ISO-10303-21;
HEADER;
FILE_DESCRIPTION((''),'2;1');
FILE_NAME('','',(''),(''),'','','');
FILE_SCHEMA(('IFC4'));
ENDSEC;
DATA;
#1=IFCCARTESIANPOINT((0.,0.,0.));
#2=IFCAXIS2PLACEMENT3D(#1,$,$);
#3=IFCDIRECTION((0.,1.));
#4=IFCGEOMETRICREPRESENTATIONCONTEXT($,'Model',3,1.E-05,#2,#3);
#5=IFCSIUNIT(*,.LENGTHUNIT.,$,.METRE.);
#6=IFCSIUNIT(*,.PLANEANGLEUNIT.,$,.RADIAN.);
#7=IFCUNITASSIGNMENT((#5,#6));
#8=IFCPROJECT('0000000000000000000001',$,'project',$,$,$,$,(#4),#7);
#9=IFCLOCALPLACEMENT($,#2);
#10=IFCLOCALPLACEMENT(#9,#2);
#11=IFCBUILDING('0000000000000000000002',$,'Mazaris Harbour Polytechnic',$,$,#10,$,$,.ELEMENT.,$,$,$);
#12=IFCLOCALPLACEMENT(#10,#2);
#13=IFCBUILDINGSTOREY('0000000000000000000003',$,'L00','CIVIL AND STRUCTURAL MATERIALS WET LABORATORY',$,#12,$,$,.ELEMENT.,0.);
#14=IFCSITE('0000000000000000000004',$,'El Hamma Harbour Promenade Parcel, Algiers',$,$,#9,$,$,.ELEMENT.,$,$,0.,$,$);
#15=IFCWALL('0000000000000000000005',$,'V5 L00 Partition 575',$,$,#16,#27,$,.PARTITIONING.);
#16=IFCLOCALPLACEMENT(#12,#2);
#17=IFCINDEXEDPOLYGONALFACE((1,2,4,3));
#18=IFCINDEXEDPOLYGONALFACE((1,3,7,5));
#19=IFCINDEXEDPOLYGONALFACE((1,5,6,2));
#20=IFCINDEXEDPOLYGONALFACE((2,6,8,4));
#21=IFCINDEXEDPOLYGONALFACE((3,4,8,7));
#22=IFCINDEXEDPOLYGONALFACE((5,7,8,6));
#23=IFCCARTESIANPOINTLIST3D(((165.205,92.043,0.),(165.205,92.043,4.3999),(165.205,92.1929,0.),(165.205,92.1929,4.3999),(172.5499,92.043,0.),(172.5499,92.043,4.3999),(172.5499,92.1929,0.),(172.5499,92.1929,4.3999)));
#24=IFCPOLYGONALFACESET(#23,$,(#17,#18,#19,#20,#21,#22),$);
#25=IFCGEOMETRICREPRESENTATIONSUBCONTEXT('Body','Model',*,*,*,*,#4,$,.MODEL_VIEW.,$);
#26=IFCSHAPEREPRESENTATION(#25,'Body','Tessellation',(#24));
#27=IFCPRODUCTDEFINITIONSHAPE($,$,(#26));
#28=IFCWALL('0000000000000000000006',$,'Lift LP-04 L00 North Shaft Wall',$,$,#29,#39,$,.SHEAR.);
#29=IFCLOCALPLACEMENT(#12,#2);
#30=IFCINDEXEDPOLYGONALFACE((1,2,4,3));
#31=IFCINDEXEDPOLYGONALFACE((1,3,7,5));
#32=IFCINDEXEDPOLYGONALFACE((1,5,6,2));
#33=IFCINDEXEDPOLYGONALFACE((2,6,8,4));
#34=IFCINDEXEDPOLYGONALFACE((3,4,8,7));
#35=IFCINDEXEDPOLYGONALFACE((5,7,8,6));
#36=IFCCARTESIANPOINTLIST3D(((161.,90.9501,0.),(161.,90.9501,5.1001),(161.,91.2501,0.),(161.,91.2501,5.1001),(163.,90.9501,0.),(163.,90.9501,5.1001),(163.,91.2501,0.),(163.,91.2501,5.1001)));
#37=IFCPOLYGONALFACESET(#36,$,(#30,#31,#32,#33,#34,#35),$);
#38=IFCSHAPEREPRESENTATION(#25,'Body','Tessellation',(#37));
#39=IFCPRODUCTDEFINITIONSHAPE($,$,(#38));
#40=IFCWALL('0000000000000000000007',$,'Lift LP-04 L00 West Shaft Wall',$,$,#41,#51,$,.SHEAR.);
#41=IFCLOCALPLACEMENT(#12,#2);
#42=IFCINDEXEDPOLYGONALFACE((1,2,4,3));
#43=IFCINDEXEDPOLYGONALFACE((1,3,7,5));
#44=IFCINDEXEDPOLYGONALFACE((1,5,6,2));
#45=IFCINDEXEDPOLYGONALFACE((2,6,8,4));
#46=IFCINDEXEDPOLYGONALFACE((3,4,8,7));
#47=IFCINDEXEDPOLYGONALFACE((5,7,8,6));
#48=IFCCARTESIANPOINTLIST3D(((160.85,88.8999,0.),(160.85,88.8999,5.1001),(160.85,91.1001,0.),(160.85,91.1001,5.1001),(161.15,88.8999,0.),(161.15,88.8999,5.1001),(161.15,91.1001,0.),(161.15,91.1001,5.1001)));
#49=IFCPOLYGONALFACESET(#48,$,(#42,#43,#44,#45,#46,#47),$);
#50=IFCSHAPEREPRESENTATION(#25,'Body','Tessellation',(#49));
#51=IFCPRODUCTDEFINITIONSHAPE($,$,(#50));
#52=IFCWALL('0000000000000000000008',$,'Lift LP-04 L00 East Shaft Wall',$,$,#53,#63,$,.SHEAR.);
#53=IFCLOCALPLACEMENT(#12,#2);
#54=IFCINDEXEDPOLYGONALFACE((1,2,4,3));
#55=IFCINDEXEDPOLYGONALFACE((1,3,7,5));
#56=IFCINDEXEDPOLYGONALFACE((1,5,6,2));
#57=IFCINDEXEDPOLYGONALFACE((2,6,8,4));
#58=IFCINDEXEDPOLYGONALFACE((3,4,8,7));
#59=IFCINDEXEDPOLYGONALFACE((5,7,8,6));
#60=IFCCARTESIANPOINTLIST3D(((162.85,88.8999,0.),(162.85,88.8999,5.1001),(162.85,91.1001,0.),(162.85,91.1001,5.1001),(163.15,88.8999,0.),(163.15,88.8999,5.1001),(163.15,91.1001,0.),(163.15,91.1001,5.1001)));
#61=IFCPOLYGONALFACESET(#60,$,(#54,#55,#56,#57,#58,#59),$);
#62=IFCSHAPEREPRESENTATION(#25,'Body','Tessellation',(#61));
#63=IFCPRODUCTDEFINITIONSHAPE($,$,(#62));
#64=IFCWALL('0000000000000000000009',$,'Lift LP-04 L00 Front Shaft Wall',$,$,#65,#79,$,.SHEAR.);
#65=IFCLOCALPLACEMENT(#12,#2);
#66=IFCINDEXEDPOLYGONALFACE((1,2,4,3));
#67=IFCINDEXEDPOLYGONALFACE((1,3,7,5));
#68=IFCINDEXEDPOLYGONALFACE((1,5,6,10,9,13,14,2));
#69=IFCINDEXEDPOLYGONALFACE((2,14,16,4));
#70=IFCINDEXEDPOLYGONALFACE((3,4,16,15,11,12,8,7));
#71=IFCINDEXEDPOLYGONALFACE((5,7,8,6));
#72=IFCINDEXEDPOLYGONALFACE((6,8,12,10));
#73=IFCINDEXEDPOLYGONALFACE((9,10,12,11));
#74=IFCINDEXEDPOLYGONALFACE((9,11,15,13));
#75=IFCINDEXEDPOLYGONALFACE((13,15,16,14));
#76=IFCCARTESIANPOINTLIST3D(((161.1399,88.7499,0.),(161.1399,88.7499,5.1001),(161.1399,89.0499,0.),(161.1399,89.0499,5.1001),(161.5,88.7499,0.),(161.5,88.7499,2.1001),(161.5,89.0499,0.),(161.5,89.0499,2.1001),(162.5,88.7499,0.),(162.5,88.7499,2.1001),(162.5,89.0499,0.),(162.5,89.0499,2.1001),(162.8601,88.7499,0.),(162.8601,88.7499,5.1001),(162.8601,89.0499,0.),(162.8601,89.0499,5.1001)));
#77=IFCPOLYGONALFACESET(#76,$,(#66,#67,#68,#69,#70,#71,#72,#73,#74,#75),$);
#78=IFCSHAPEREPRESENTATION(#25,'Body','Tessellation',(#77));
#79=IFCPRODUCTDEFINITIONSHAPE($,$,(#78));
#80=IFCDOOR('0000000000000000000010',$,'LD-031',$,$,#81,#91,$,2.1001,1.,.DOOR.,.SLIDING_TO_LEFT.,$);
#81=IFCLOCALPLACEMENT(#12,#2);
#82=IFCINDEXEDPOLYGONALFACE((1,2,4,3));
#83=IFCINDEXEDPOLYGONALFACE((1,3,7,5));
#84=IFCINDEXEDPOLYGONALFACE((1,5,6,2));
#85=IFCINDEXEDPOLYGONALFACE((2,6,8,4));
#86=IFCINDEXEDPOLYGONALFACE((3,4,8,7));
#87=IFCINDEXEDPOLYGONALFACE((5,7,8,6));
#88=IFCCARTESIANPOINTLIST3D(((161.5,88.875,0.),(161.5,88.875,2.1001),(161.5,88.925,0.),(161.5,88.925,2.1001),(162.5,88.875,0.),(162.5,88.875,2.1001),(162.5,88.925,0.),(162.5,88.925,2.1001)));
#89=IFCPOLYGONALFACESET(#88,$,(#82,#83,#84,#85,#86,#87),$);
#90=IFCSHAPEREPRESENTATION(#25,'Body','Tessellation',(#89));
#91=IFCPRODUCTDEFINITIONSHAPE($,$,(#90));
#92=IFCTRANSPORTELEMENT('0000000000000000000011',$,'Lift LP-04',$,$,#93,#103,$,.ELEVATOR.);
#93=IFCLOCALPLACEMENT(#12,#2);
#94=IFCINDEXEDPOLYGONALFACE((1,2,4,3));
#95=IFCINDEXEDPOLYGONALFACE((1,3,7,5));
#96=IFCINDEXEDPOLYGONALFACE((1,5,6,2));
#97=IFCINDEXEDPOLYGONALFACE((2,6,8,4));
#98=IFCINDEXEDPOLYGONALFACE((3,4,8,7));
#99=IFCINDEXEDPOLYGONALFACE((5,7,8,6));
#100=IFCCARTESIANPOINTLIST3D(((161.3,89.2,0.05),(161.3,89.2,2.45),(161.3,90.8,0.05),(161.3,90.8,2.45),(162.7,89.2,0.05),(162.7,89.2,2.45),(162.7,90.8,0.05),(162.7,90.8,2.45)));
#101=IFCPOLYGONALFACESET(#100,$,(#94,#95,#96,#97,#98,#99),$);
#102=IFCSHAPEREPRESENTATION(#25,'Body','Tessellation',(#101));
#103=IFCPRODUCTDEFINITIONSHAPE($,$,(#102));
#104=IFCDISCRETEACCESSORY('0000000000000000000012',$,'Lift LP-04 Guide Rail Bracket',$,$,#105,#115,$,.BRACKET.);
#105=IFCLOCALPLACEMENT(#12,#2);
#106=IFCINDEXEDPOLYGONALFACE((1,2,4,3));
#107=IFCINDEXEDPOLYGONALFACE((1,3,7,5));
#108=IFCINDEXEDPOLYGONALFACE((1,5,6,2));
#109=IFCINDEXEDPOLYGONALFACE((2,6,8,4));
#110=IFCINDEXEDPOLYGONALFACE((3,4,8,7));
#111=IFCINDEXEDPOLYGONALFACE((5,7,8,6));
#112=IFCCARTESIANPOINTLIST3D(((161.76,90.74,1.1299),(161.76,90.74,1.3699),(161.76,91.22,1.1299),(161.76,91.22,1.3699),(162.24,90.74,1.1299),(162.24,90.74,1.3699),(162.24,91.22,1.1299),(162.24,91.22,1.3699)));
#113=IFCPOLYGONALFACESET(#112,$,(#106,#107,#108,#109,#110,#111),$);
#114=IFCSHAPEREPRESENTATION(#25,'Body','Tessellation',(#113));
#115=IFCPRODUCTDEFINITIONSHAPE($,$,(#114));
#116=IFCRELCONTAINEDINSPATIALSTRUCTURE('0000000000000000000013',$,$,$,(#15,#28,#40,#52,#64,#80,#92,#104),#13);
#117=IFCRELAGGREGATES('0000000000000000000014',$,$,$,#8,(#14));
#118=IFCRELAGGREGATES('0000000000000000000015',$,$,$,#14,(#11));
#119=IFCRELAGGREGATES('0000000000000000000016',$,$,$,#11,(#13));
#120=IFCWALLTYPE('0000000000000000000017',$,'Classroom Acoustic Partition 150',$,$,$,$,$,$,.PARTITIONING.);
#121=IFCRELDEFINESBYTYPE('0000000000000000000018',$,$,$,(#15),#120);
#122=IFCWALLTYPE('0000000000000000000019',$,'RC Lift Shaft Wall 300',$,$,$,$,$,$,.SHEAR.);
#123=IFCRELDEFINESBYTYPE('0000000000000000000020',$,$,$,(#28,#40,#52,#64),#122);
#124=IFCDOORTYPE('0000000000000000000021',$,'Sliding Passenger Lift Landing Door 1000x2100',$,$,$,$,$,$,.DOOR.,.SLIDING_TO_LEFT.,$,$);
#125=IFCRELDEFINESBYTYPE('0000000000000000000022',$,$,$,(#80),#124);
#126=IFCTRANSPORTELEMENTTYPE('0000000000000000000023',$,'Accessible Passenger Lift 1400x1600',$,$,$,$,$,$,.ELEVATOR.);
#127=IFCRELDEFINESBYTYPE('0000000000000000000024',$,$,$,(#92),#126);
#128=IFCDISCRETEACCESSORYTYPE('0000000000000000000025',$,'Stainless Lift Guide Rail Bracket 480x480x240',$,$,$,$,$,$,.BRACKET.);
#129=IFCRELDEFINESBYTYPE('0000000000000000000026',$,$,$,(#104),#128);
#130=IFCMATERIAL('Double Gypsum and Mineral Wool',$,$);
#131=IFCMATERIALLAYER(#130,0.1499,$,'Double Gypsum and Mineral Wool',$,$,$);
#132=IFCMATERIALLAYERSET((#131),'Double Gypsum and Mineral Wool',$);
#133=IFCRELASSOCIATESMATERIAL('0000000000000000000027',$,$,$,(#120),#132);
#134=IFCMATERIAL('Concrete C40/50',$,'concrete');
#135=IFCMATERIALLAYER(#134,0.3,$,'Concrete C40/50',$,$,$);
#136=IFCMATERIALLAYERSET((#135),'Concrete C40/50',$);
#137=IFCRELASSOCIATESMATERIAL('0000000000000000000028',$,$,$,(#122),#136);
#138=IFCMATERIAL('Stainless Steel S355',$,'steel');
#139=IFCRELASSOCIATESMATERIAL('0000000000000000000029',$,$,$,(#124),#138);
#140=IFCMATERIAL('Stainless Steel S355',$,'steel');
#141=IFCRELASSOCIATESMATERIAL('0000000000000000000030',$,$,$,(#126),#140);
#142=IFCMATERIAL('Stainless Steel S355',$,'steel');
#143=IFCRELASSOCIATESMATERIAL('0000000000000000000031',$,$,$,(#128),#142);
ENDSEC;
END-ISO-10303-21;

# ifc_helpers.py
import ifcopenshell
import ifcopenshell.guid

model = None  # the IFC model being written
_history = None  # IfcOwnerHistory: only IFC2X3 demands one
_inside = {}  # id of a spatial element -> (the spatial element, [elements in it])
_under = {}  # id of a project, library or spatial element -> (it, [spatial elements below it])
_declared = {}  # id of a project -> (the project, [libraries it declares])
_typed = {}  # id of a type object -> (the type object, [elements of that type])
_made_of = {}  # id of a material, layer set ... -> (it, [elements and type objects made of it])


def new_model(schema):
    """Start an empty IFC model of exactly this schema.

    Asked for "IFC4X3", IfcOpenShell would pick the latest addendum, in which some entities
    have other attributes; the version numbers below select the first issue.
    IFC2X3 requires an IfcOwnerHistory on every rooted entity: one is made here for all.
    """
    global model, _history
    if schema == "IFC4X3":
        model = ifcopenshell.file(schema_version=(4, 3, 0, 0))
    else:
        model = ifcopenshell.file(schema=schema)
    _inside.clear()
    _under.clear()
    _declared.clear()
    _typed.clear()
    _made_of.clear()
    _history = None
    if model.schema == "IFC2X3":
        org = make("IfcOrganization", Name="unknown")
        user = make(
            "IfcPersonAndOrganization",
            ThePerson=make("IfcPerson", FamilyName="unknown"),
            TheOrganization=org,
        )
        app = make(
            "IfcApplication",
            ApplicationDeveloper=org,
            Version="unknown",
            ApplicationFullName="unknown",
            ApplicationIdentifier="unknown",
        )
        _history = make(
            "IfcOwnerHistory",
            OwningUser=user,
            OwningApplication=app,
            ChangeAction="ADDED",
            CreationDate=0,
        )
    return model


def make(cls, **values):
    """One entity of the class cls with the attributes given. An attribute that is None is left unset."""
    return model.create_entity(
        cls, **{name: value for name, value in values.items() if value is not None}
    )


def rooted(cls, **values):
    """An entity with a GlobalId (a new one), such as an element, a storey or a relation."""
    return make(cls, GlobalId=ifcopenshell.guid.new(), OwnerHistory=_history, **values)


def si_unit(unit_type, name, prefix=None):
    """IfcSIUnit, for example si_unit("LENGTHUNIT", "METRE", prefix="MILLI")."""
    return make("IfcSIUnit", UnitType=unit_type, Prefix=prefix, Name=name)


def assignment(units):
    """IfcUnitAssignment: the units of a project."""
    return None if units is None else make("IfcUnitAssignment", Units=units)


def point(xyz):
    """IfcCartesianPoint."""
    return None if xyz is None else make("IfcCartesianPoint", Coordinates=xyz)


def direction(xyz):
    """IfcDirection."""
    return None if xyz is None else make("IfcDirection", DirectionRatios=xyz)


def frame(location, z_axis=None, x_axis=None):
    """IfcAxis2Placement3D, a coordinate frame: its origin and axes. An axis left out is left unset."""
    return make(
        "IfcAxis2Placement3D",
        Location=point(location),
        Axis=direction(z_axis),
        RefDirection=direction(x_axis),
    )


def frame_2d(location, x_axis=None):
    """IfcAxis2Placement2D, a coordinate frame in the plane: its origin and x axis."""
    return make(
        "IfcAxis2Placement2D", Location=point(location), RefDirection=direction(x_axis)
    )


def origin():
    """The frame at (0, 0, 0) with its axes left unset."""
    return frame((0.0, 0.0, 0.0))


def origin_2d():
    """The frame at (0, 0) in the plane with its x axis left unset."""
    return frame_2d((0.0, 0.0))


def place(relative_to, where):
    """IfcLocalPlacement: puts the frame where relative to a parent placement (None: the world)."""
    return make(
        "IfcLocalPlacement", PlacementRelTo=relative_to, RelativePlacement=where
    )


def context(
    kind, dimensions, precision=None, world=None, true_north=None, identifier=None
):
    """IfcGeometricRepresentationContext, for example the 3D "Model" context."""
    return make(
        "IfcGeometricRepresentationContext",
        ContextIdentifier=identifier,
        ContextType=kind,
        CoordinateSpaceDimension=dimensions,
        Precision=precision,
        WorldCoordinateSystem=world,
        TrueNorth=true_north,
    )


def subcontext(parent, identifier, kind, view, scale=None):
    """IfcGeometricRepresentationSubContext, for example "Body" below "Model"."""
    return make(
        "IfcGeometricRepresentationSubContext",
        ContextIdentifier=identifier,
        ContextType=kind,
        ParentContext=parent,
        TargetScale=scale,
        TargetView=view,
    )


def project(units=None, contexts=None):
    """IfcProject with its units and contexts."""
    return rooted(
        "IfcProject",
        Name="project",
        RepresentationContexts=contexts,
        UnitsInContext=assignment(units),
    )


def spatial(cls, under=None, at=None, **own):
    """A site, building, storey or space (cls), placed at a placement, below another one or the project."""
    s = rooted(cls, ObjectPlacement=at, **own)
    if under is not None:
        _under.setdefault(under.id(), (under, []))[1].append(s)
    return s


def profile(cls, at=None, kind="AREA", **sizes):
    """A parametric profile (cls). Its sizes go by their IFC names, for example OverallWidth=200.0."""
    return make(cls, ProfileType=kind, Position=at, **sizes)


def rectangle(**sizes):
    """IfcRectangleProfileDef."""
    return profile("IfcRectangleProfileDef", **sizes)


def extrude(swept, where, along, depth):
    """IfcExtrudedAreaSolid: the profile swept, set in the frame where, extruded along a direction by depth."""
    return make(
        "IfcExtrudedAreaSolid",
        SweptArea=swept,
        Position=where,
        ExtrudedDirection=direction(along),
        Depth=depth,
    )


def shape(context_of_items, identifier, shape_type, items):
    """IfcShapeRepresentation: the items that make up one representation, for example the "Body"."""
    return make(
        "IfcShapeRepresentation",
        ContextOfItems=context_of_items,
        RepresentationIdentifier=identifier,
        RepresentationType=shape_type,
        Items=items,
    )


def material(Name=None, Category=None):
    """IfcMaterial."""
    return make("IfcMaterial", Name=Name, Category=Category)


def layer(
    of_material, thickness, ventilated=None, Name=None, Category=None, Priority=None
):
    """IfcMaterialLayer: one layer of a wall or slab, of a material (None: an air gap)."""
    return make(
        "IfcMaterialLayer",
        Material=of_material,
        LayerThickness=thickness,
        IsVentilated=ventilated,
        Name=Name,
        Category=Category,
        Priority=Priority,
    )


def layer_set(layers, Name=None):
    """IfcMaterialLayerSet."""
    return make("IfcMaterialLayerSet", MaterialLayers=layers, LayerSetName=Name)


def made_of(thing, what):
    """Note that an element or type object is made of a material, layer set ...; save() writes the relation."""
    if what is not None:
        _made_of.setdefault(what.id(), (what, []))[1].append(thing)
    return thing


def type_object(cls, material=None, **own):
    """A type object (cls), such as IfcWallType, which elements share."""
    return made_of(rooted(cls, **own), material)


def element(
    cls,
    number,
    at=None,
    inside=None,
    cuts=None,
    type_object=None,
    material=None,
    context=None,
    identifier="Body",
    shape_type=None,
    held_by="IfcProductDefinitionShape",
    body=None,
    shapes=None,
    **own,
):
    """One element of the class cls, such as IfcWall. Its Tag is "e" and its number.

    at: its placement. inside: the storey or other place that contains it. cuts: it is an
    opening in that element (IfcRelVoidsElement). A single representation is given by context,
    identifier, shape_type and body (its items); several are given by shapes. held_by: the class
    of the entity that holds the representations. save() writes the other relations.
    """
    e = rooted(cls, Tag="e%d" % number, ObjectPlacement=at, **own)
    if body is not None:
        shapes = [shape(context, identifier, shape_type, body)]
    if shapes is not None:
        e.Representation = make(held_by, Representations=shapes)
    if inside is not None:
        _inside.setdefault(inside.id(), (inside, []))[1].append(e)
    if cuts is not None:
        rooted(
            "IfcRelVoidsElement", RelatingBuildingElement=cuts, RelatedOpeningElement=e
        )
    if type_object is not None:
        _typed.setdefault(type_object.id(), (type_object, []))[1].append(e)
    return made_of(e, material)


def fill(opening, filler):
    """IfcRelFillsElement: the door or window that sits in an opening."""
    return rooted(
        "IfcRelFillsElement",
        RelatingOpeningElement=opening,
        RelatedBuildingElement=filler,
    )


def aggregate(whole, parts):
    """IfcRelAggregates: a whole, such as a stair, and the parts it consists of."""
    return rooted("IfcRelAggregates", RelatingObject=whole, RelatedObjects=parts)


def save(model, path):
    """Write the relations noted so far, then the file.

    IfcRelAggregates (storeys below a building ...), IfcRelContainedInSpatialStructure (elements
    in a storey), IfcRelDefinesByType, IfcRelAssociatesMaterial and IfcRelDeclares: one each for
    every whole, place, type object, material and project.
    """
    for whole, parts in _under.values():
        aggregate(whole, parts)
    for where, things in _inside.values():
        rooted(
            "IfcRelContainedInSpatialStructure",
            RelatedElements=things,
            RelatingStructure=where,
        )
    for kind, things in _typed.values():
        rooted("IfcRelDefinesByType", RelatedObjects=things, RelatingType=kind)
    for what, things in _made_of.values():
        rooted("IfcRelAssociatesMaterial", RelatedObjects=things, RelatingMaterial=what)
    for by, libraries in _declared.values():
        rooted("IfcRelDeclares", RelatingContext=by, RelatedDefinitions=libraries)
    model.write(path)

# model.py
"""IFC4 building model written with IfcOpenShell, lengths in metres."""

from ifc_helpers import new_model, si_unit, direction, frame, frame_2d, origin, origin_2d, place, context, subcontext, project, spatial, rectangle, extrude, material, layer, layer_set, type_object, element, fill, save


model = new_model("IFC4")

# Units and contexts
model_context = context("Model", 3, precision=1e-05, world=origin(), true_north=direction((0.0, 1.0)))
body_context = subcontext(model_context, "Body", "Model", "MODEL_VIEW")
ifc_project = project(units=[si_unit("LENGTHUNIT", "METRE"), si_unit("PLANEANGLEUNIT", "RADIAN")], contexts=[model_context])

# Site, building, storey
site_placement = place(None, origin())
site = spatial("IfcSite", under=ifc_project, at=site_placement, Name="El Hamma Harbour Promenade Parcel, Algiers", CompositionType="ELEMENT", RefElevation=0.0)
building_placement = place(site_placement, origin())
building = spatial("IfcBuilding", under=site, at=building_placement, Name="Mazaris Harbour Polytechnic", CompositionType="ELEMENT")
storey_placement = place(building_placement, origin())
storey = spatial("IfcBuildingStorey", under=building, at=storey_placement, Name="L00", Description="CIVIL AND STRUCTURAL MATERIALS WET LABORATORY", CompositionType="ELEMENT", Elevation=0.0)

# Walls
ifc_material_1 = material(Name="Double Gypsum and Mineral Wool")
ifc_layer_1 = layer(ifc_material_1, 0.1499, Name="Double Gypsum and Mineral Wool")
ifc_layer_set_1 = layer_set([ifc_layer_1], Name="Double Gypsum and Mineral Wool")
wall_type_1 = type_object("IfcWallType", Name="Classroom Acoustic Partition 150", PredefinedType="PARTITIONING", material=ifc_layer_set_1)
wall_1_placement = place(storey_placement, frame((165.2051, 92.1179, 0.0), z_axis=(0.0, 0.0, 1.0), x_axis=(1.0, 0.0, 0.0)))
element("IfcWall", 1, at=wall_1_placement, inside=storey, type_object=wall_type_1, Name="V5 L00 Partition 575", PredefinedType="PARTITIONING", context=body_context, shape_type="SweptSolid", body=[
    extrude(rectangle(XDim=7.345, YDim=0.1499, at=frame_2d((3.6724, 0.0))), origin(), (0.0, 0.0, 1.0), 4.3999),
])
ifc_material_2 = material(Name="Concrete C40/50", Category="concrete")
ifc_layer_2 = layer(ifc_material_2, 0.3, Name="Concrete C40/50")
ifc_layer_set_2 = layer_set([ifc_layer_2], Name="Concrete C40/50")
wall_type_2 = type_object("IfcWallType", Name="RC Lift Shaft Wall 300", PredefinedType="SHEAR", material=ifc_layer_set_2)
wall_2_placement = place(storey_placement, frame((163.0, 91.1001, 0.0), z_axis=(0.0, 0.0, 1.0), x_axis=(-1.0, 0.0, 0.0)))
element("IfcWall", 2, at=wall_2_placement, inside=storey, type_object=wall_type_2, Name="Lift LP-04 L00 North Shaft Wall", PredefinedType="SHEAR", context=body_context, shape_type="SweptSolid", body=[
    extrude(rectangle(XDim=2.0, YDim=0.3, at=frame_2d((1.0, 0.0))), origin(), (0.0, 0.0, 1.0), 5.1001),
])
for number, where, z_axis, x_axis, name in (
    (3, (161.0, 91.1001, 0.0), (0.0, 0.0, 1.0), (0.0, -1.0, 0.0), "Lift LP-04 L00 West Shaft Wall"),
    (4, (163.0, 88.8999, 0.0), (0.0, 0.0, 1.0), (0.0, 1.0, 0.0), "Lift LP-04 L00 East Shaft Wall"),
):
    element("IfcWall", number, at=place(storey_placement, frame(where, z_axis=z_axis, x_axis=x_axis)), inside=storey, type_object=wall_type_2, Name=name, PredefinedType="SHEAR", context=body_context, shape_type="SweptSolid", body=[
        extrude(rectangle(XDim=2.2002, YDim=0.3, at=frame_2d((1.1001, 0.0))), origin(), (0.0, 0.0, 1.0), 5.1001),
    ])

# Wall, opening, door
wall_3_placement = place(storey_placement, frame((162.8601, 88.8999, 0.0), z_axis=(0.0, 0.0, 1.0), x_axis=(-1.0, 0.0, 0.0)))
wall_3 = element("IfcWall", 5, at=wall_3_placement, inside=storey, type_object=wall_type_2, Name="Lift LP-04 L00 Front Shaft Wall", PredefinedType="SHEAR", context=body_context, shape_type="SweptSolid", body=[
    extrude(rectangle(XDim=1.7202, YDim=0.3, at=frame_2d((0.8601, 0.0))), origin(), (0.0, 0.0, 1.0), 5.1001),
])
opening_placement = place(wall_3_placement, frame((0.3601, 0.0, 0.0)))
opening = element("IfcOpeningElement", 6, at=opening_placement, cuts=wall_3, PredefinedType="OPENING", context=body_context, shape_type="SweptSolid", body=[
    extrude(rectangle(XDim=1.0, YDim=2.1001, at=frame_2d((0.5, 1.05))), frame((0.0, 0.1599, 0.0), z_axis=(0.0, -1.0, 0.0), x_axis=(1.0, 0.0, 0.0)), (0.0, 0.0, 1.0), 0.3201),
])
ifc_material_3 = material(Name="Stainless Steel S355", Category="steel")
door_type = type_object("IfcDoorType", Name="Sliding Passenger Lift Landing Door 1000x2100", OperationType="SLIDING_TO_LEFT", PredefinedType="DOOR", material=ifc_material_3)
door_placement = place(opening_placement, origin())
door = element("IfcDoor", 7, at=door_placement, inside=storey, type_object=door_type, Name="LD-031", OperationType="SLIDING_TO_LEFT", OverallHeight=2.1001, OverallWidth=1.0, PredefinedType="DOOR", context=body_context, shape_type="SweptSolid", body=[
    extrude(rectangle(XDim=1.0, YDim=2.1001, at=frame_2d((0.5, 1.05))), frame((0.0, 0.0249, 0.0), z_axis=(0.0, -1.0, 0.0), x_axis=(1.0, 0.0, 0.0)), (0.0, 0.0, 1.0), 0.05),
])
fill(opening, door)

# Transport element
ifc_material_4 = material(Name="Stainless Steel S355", Category="steel")
transport_element_type = type_object("IfcTransportElementType", Name="Accessible Passenger Lift 1400x1600", PredefinedType="ELEVATOR", material=ifc_material_4)
transport_element_placement = place(storey_placement, frame((162.0, 90.0, 0.05), z_axis=(0.0, 0.0, 1.0), x_axis=(1.0, 0.0, 0.0)))
element("IfcTransportElement", 8, at=transport_element_placement, inside=storey, type_object=transport_element_type, Name="Lift LP-04", PredefinedType="ELEVATOR", context=body_context, shape_type="SweptSolid", body=[
    extrude(rectangle(XDim=1.3999, YDim=1.6001, at=origin_2d()), origin(), (0.0, 0.0, 1.0), 2.3999),
])

# Discrete accessory
ifc_material_5 = material(Name="Stainless Steel S355", Category="steel")
discrete_accessory_type = type_object("IfcDiscreteAccessoryType", Name="Stainless Lift Guide Rail Bracket 480x480x240", PredefinedType="BRACKET", material=ifc_material_5)
discrete_accessory_placement = place(storey_placement, frame((162.0, 90.98, 1.1299), z_axis=(0.0, 0.0, 1.0), x_axis=(1.0, 0.0, 0.0)))
element("IfcDiscreteAccessory", 9, at=discrete_accessory_placement, inside=storey, type_object=discrete_accessory_type, Name="Lift LP-04 Guide Rail Bracket", PredefinedType="BRACKET", context=body_context, shape_type="SweptSolid", body=[
    extrude(rectangle(XDim=0.48, YDim=0.48, at=origin_2d()), origin(), (0.0, 0.0, 1.0), 0.24),
])

save(model, "model.ifc")
